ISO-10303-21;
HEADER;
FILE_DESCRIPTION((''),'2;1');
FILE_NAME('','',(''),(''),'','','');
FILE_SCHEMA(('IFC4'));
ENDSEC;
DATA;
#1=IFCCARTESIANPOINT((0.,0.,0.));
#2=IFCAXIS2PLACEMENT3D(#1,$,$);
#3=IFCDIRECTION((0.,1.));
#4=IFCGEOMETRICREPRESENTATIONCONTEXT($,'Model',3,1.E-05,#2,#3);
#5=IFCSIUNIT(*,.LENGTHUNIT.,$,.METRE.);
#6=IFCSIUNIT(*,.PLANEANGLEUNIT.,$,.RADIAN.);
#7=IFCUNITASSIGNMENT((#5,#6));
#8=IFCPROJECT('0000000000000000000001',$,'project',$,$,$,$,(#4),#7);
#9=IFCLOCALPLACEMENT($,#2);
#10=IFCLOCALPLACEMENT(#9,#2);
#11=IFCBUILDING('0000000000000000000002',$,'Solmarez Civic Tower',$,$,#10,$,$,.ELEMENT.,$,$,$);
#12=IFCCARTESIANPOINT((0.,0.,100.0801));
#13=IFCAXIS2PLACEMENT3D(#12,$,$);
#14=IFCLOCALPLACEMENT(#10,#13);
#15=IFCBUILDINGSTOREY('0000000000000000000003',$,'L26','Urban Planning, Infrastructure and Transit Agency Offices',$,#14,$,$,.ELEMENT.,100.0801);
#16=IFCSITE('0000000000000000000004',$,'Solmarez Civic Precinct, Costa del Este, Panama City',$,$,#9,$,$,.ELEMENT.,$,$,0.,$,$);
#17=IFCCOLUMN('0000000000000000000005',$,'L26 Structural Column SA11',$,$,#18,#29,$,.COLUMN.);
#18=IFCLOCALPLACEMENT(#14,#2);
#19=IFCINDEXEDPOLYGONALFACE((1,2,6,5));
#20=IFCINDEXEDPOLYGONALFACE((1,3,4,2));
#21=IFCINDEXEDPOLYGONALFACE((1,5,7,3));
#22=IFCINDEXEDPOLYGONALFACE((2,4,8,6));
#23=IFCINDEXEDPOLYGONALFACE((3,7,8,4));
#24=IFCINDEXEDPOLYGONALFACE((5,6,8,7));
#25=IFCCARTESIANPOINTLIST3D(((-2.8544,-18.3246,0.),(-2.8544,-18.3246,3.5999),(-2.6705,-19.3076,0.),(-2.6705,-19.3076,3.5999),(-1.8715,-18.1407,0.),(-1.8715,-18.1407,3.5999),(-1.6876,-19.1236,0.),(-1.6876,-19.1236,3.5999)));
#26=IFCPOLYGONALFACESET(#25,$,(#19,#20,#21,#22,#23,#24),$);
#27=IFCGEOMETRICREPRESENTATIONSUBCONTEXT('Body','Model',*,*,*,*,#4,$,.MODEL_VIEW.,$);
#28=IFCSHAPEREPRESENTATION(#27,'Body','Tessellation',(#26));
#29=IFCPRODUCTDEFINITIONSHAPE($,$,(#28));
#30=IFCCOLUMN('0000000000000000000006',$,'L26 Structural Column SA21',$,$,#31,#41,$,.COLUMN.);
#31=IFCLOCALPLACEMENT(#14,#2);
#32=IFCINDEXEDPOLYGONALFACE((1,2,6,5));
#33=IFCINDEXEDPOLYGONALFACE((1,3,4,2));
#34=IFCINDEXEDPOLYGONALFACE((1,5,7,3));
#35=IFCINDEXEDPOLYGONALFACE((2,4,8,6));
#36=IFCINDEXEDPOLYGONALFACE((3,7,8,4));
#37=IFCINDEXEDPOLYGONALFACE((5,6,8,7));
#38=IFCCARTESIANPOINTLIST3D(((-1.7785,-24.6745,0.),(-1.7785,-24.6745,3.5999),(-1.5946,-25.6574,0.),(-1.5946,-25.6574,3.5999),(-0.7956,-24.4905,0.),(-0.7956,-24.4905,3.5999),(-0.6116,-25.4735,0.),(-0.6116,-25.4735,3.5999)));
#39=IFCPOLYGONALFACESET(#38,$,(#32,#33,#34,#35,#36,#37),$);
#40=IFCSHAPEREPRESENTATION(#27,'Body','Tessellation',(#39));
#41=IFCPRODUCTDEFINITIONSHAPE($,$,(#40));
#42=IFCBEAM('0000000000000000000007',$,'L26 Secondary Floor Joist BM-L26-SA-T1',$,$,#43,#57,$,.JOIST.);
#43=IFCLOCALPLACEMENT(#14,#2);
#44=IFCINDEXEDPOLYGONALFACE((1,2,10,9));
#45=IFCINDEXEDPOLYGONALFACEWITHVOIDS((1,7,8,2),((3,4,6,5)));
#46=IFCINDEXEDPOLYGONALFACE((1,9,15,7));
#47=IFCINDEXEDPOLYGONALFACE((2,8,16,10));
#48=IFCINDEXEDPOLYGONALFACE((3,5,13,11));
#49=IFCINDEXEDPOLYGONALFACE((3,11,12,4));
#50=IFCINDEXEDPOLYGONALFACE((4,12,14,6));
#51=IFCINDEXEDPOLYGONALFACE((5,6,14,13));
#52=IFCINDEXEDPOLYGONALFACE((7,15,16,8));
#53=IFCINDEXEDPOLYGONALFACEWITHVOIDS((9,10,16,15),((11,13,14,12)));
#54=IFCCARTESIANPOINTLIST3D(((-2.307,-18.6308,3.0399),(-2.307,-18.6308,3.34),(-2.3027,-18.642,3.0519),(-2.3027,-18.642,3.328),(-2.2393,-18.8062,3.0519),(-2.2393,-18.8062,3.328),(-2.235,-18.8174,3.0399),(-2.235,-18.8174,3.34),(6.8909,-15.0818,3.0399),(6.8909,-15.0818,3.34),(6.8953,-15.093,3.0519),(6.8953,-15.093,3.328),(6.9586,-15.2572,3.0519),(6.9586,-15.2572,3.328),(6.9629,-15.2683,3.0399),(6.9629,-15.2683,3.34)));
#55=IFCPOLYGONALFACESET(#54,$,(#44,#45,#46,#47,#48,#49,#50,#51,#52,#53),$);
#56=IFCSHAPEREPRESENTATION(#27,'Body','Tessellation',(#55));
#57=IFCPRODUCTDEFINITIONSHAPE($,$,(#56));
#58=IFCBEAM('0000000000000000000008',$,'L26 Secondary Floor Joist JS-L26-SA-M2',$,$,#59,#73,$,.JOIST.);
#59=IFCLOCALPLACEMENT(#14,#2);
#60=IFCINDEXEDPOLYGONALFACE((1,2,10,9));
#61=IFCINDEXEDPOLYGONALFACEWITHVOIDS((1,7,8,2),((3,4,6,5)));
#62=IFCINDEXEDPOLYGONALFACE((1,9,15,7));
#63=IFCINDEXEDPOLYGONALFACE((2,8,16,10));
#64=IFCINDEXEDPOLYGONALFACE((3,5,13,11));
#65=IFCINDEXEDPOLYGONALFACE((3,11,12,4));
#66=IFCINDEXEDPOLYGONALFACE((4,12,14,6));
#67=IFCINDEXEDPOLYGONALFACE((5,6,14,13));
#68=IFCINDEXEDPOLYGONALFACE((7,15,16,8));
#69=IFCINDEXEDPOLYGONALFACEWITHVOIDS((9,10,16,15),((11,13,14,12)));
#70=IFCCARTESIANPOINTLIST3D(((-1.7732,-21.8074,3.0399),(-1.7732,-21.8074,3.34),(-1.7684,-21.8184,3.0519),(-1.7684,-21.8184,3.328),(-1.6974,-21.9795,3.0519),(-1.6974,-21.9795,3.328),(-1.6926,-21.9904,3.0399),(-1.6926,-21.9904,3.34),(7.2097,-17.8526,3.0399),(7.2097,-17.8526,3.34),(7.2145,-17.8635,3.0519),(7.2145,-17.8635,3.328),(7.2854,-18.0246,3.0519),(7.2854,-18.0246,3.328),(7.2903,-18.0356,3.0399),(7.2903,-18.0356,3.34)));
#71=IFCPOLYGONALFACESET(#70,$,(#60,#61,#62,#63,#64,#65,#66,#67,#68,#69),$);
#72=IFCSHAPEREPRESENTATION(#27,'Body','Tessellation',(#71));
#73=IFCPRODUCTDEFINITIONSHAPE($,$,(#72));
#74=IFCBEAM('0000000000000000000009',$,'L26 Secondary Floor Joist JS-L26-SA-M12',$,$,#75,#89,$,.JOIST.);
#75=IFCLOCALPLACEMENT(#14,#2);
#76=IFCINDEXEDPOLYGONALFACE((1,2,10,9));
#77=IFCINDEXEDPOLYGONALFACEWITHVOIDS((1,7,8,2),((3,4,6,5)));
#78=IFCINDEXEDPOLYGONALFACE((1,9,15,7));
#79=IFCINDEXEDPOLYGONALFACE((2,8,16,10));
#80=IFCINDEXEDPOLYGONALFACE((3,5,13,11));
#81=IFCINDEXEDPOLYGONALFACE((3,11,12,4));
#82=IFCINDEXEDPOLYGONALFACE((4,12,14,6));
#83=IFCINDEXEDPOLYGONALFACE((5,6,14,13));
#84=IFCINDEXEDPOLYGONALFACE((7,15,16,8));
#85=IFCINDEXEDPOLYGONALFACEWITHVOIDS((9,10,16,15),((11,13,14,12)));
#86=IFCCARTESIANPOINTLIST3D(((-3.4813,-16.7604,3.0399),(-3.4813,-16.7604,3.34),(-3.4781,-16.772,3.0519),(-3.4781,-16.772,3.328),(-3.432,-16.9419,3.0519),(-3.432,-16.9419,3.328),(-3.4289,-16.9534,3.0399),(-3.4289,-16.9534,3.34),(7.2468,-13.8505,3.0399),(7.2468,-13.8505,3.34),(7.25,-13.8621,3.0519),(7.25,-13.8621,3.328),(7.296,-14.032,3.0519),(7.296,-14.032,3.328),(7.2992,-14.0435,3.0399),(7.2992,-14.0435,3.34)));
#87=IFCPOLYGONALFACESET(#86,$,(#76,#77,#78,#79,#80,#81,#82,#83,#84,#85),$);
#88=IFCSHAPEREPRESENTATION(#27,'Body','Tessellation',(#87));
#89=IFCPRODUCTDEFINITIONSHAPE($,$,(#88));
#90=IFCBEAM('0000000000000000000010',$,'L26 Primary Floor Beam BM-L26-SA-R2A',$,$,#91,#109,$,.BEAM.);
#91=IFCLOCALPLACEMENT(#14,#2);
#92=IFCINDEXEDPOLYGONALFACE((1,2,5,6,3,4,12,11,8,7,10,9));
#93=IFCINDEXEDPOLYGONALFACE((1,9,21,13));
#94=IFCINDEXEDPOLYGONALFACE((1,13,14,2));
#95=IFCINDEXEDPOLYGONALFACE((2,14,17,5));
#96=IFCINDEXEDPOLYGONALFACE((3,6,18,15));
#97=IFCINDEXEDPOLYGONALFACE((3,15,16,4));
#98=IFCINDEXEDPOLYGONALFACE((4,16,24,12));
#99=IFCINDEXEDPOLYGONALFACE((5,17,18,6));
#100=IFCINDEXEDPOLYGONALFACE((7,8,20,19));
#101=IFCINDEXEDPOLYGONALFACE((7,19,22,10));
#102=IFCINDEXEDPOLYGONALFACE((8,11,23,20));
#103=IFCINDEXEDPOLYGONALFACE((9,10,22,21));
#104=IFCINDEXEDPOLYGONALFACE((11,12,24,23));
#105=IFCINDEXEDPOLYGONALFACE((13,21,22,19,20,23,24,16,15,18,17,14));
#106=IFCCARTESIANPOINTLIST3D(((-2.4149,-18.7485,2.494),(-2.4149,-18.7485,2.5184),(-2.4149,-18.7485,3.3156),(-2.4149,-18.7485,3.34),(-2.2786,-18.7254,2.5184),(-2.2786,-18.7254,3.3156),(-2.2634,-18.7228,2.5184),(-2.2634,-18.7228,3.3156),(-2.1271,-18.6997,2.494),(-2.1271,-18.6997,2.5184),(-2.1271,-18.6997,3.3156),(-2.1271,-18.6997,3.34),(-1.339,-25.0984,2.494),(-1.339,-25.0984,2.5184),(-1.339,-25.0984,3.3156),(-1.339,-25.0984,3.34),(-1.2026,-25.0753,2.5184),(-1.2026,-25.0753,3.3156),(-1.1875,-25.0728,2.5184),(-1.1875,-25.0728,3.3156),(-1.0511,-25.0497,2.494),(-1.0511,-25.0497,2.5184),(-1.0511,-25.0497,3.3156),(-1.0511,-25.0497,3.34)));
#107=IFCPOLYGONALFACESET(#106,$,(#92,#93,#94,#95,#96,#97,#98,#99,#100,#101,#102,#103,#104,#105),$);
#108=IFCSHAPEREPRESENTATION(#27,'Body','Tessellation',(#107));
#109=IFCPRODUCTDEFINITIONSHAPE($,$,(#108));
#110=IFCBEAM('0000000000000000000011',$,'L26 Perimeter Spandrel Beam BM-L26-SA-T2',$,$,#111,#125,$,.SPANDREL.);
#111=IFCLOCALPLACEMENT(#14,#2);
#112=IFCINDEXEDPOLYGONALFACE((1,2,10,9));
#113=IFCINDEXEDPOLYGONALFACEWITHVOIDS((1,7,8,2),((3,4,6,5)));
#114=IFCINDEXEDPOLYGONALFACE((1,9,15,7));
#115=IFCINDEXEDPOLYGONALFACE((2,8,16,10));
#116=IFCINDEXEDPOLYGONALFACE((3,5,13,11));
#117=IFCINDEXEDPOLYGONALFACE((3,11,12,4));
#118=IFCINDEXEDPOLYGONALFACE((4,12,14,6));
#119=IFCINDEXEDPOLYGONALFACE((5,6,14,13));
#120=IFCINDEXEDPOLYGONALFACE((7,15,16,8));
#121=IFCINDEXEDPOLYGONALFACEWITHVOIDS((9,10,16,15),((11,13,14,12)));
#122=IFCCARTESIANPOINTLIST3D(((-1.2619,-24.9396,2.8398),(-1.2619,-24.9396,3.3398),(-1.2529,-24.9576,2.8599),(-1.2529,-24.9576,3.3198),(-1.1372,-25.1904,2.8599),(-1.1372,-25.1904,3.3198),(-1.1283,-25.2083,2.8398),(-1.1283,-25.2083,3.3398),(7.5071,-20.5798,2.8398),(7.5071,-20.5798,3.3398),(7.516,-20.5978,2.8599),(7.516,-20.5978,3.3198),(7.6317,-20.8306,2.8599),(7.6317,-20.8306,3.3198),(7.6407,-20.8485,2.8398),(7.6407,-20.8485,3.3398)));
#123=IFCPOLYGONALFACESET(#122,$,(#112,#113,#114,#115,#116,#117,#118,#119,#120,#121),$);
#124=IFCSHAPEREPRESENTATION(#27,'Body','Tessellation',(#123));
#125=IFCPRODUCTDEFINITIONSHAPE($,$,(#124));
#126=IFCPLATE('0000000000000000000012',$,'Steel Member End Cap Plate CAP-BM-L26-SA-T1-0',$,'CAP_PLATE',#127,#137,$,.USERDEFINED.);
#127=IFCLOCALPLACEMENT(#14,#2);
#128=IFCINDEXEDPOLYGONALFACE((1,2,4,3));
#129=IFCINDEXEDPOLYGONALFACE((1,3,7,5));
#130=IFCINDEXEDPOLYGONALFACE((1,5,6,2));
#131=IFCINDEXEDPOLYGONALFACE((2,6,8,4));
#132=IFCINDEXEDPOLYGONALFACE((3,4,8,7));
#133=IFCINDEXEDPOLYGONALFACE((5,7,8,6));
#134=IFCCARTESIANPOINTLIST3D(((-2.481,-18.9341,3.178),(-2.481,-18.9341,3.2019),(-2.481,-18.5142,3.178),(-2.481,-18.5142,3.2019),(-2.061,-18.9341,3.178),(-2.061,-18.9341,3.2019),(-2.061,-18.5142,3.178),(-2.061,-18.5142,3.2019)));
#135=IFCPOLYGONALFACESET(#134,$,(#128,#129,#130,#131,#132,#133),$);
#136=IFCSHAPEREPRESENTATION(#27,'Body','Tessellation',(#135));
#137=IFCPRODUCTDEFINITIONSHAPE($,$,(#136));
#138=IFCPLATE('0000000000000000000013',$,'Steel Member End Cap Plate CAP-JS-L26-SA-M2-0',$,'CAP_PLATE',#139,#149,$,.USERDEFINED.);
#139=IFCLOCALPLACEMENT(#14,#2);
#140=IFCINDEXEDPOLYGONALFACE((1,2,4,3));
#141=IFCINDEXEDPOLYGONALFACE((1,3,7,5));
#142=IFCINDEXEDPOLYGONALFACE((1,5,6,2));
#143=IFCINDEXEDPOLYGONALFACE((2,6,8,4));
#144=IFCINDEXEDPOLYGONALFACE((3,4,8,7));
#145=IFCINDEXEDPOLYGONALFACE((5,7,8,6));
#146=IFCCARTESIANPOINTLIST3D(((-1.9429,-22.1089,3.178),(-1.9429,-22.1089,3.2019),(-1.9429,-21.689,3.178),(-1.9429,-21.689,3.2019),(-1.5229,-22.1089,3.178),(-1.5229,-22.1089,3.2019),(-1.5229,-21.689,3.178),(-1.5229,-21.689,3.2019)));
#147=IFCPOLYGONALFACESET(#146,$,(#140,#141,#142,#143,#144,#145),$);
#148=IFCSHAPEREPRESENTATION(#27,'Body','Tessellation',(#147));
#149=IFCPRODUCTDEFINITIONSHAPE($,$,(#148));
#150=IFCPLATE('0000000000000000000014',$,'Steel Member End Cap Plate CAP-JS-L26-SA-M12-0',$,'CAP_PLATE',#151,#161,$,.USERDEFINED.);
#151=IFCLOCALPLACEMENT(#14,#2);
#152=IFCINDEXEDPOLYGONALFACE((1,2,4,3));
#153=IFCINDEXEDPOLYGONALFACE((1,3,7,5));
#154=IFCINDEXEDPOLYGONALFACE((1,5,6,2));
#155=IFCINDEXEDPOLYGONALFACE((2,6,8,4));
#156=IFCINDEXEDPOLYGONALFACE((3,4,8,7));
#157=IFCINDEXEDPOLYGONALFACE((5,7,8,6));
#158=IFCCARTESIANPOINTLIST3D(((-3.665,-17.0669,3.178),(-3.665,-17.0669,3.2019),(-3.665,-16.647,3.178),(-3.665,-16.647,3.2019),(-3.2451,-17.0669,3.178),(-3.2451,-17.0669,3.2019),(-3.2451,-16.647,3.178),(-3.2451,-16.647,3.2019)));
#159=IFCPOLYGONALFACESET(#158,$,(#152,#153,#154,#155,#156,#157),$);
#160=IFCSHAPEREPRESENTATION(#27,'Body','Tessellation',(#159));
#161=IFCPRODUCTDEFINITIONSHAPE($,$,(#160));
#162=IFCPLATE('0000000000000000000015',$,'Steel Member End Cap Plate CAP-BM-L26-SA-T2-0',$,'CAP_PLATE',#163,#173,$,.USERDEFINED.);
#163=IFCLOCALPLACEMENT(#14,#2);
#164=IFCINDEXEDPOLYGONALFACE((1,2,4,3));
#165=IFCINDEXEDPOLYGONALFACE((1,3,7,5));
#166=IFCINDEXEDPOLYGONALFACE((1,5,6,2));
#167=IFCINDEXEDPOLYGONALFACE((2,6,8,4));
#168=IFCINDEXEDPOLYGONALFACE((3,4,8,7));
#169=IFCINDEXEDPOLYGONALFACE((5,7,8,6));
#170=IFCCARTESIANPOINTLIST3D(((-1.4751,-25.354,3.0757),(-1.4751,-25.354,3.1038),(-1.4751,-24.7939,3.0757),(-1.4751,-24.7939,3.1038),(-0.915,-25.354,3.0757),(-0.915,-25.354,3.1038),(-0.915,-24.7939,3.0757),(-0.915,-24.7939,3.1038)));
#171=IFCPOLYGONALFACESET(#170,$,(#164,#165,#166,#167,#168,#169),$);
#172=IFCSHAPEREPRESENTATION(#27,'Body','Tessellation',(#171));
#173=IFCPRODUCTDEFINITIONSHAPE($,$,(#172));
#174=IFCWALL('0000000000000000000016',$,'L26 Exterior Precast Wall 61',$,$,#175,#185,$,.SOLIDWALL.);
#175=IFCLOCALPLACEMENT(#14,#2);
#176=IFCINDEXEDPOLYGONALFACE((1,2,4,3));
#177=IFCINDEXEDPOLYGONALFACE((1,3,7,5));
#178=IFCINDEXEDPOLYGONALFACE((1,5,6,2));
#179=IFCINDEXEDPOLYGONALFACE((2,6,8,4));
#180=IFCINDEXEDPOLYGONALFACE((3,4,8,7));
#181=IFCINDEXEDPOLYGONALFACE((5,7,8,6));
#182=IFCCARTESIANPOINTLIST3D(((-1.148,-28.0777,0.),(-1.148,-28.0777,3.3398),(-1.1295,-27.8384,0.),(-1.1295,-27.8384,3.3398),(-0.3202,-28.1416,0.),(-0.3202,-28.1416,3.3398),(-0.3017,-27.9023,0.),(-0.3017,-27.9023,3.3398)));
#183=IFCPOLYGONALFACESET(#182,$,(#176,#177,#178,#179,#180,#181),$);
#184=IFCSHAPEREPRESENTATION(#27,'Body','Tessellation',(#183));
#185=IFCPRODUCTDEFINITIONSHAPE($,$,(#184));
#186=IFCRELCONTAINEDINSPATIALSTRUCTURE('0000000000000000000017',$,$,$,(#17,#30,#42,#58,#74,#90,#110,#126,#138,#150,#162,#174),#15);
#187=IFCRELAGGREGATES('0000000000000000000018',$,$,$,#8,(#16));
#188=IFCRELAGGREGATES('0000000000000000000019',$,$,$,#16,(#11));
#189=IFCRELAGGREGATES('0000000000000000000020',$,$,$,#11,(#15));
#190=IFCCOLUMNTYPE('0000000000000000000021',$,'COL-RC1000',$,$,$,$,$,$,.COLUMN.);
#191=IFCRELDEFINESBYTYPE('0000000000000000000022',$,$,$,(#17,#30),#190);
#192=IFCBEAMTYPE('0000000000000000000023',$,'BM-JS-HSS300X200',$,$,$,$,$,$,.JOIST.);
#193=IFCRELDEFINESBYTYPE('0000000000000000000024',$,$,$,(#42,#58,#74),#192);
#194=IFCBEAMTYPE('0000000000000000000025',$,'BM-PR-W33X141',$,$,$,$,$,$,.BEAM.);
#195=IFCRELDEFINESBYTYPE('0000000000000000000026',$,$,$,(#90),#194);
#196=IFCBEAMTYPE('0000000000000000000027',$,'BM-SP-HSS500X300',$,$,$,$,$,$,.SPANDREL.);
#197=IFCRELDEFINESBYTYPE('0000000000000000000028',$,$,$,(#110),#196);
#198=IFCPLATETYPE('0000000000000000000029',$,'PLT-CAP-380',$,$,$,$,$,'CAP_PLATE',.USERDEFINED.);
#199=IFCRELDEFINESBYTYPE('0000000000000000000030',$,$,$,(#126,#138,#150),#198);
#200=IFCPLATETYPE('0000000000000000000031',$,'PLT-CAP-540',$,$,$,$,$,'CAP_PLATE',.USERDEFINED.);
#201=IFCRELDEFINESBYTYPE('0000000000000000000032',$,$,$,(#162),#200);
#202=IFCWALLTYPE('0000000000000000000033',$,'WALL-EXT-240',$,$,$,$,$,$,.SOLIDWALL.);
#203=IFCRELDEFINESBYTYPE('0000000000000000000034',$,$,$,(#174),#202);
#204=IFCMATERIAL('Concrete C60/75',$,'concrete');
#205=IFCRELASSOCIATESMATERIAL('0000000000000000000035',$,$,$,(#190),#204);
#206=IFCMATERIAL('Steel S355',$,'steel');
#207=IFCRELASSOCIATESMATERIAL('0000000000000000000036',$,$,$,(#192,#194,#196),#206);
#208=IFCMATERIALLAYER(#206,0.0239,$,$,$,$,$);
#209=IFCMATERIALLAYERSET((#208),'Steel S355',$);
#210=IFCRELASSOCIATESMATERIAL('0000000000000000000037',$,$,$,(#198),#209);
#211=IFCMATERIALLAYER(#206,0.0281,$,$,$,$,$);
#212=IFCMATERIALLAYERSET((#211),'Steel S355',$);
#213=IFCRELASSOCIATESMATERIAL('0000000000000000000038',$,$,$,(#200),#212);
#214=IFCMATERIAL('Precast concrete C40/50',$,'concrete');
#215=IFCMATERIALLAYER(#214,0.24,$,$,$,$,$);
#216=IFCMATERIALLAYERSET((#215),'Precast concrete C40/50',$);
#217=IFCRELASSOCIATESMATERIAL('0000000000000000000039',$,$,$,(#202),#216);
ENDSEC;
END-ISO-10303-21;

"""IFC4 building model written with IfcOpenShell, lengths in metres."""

from ifc_helpers import new_model, si_unit, direction, frame, frame_2d, origin, origin_2d, place, context, subcontext, project, spatial, rectangle, hollow_rectangle, i_section, extrude, material, layer, layer_set, material_profile, profile_set, type_object, element, save


model = new_model("IFC4")

# Units and contexts
model_context = context("Model", 3, precision=1e-05, world=origin(), true_north=direction((0.0, 1.0)))
body_context = subcontext(model_context, "Body", "Model", "MODEL_VIEW")
ifc_project = project(units=[si_unit("LENGTHUNIT", "METRE"), si_unit("PLANEANGLEUNIT", "RADIAN")], contexts=[model_context])

# Site, building, storey
site_placement = place(None, origin())
site = spatial("IfcSite", under=ifc_project, at=site_placement, Name="Solmarez Civic Precinct, Costa del Este, Panama City", CompositionType="ELEMENT", RefElevation=0.0)
building_placement = place(site_placement, origin())
building = spatial("IfcBuilding", under=site, at=building_placement, Name="Solmarez Civic Tower", CompositionType="ELEMENT")
storey_placement = place(building_placement, frame((0.0, 0.0, 100.0801)))
storey = spatial("IfcBuildingStorey", under=building, at=storey_placement, Name="L26", Description="Urban Planning, Infrastructure and Transit Agency Offices", CompositionType="ELEMENT", Elevation=100.0801)

# Columns
ifc_material_1 = material(Name="Concrete C60/75", Category="concrete")
ifc_material_profile_1 = material_profile(ifc_material_1, rectangle(XDim=1.0, YDim=1.0, at=origin_2d()), Name="RC1000X1000")
ifc_profile_set_1 = profile_set([ifc_material_profile_1], Name="Concrete C60/75")
column_type = type_object("IfcColumnType", Name="COL-RC1000", PredefinedType="COLUMN", material=ifc_profile_set_1)
for number, where, z_axis, x_axis, name in (
    (1, (-2.271, -18.7241, 0.0), (0.0, 0.0, 1.0), (0.982935, 0.183951, 0.0), "L26 Structural Column SA11"),
    (2, (-1.1951, -25.074, 0.0), (0.0, 0.0, 1.0), (0.982935, 0.183951, 0.0), "L26 Structural Column SA21"),
):
    element("IfcColumn", number, at=place(storey_placement, frame(where, z_axis=z_axis, x_axis=x_axis)), inside=storey, type_object=column_type, Name=name, PredefinedType="COLUMN", context=body_context, shape_type="SweptSolid", body=[
        extrude(rectangle(XDim=1.0, YDim=1.0, at=origin_2d()), origin(), (0.0, 0.0, 1.0), 3.5999),
    ])

# Beams
ifc_material_2 = material(Name="Steel S355", Category="steel")
ifc_material_profile_2 = material_profile(ifc_material_2, hollow_rectangle(XDim=0.2, YDim=0.3, WallThickness=0.012, at=origin_2d()), Name="HSS300X200X12")
ifc_profile_set_2 = profile_set([ifc_material_profile_2], Name="Steel S355")
beam_type_1 = type_object("IfcBeamType", Name="BM-JS-HSS300X200", PredefinedType="JOIST", material=ifc_profile_set_2)
beam_1_placement = place(storey_placement, frame((-2.271, -18.7241, 3.1899), z_axis=(0.932958, 0.359984, 0.0), x_axis=(-0.359984, 0.932958, 0.0)))
element("IfcBeam", 3, at=beam_1_placement, inside=storey, type_object=beam_type_1, Name="L26 Secondary Floor Joist BM-L26-SA-T1", PredefinedType="JOIST", context=body_context, shape_type="SweptSolid", body=[
    extrude(hollow_rectangle(XDim=0.2, YDim=0.3, WallThickness=0.012, at=origin_2d()), origin(), (0.0, 0.0, 1.0), 9.8589),
])
beam_2_placement = place(storey_placement, frame((-1.7329, -21.8989, 3.1899), z_axis=(0.915227, 0.402939, 0.0), x_axis=(-0.402939, 0.915227, 0.0)))
element("IfcBeam", 4, at=beam_2_placement, inside=storey, type_object=beam_type_1, Name="L26 Secondary Floor Joist JS-L26-SA-M2", PredefinedType="JOIST", context=body_context, shape_type="SweptSolid", body=[
    extrude(hollow_rectangle(XDim=0.2, YDim=0.3, WallThickness=0.012, at=origin_2d()), origin(), (0.0, 0.0, 1.0), 9.8149),
])
beam_3_placement = place(storey_placement, frame((-3.4551, -16.8569, 3.1899), z_axis=(0.965126, 0.261785, 0.0), x_axis=(-0.261785, 0.965126, 0.0)))
element("IfcBeam", 5, at=beam_3_placement, inside=storey, type_object=beam_type_1, Name="L26 Secondary Floor Joist JS-L26-SA-M12", PredefinedType="JOIST", context=body_context, shape_type="SweptSolid", body=[
    extrude(hollow_rectangle(XDim=0.2, YDim=0.3, WallThickness=0.012, at=origin_2d()), origin(), (0.0, 0.0, 1.0), 11.1157),
])
ifc_material_profile_3 = material_profile(ifc_material_2, i_section(OverallWidth=0.292, OverallDepth=0.8459, WebThickness=0.0154, FlangeThickness=0.0244, at=origin_2d()), Name="W33X141")
ifc_profile_set_3 = profile_set([ifc_material_profile_3], Name="Steel S355")
beam_type_2 = type_object("IfcBeamType", Name="BM-PR-W33X141", PredefinedType="BEAM", material=ifc_profile_set_3)
beam_4_placement = place(storey_placement, frame((-2.271, -18.7241, 2.917), z_axis=(0.16706, -0.985947, 0.0), x_axis=(0.985947, 0.16706, 0.0)))
element("IfcBeam", 6, at=beam_4_placement, inside=storey, type_object=beam_type_2, Name="L26 Primary Floor Beam BM-L26-SA-R2A", PredefinedType="BEAM", context=body_context, shape_type="SweptSolid", body=[
    extrude(i_section(OverallWidth=0.292, OverallDepth=0.8459, WebThickness=0.0154, FlangeThickness=0.0244, at=origin_2d()), origin(), (0.0, 0.0, 1.0), 6.4404),
])
ifc_material_profile_4 = material_profile(ifc_material_2, hollow_rectangle(XDim=0.3, YDim=0.5, WallThickness=0.02, at=origin_2d()), Name="HSS500X300X20")
ifc_profile_set_4 = profile_set([ifc_material_profile_4], Name="Steel S355")
beam_type_3 = type_object("IfcBeamType", Name="BM-SP-HSS500X300", PredefinedType="SPANDREL", material=ifc_profile_set_4)
beam_5_placement = place(storey_placement, frame((-1.1951, -25.074, 3.0898), z_axis=(0.895432, 0.445198, 0.0), x_axis=(-0.445198, 0.895432, 0.0)))
element("IfcBeam", 7, at=beam_5_placement, inside=storey, type_object=beam_type_3, Name="L26 Perimeter Spandrel Beam BM-L26-SA-T2", PredefinedType="SPANDREL", context=body_context, shape_type="SweptSolid", body=[
    extrude(hollow_rectangle(XDim=0.3, YDim=0.5, WallThickness=0.02, at=origin_2d()), origin(), (0.0, 0.0, 1.0), 9.793),
])

# Plates
ifc_layer_1 = layer(ifc_material_2, 0.0239)
ifc_layer_set_1 = layer_set([ifc_layer_1], Name="Steel S355")
plate_type_1 = type_object("IfcPlateType", Name="PLT-CAP-380", ElementType="CAP_PLATE", PredefinedType="USERDEFINED", material=ifc_layer_set_1)
for number, where, z_axis, x_axis, name in (
    (8, (-2.271, -18.7241, 3.178), (0.0, 0.0, 1.0), (1.0, 0.0, 0.0), "Steel Member End Cap Plate CAP-BM-L26-SA-T1-0"),
    (9, (-1.7329, -21.8989, 3.178), (0.0, 0.0, 1.0), (1.0, 0.0, 0.0), "Steel Member End Cap Plate CAP-JS-L26-SA-M2-0"),
    (10, (-3.4551, -16.8569, 3.178), (0.0, 0.0, 1.0), (1.0, 0.0, 0.0), "Steel Member End Cap Plate CAP-JS-L26-SA-M12-0"),
):
    element("IfcPlate", number, at=place(storey_placement, frame(where, z_axis=z_axis, x_axis=x_axis)), inside=storey, type_object=plate_type_1, Name=name, ObjectType="CAP_PLATE", PredefinedType="USERDEFINED", context=body_context, shape_type="SweptSolid", body=[
        extrude(rectangle(XDim=0.4199, YDim=0.4199, at=origin_2d()), origin(), (0.0, 0.0, 1.0), 0.0239),
    ])
ifc_layer_2 = layer(ifc_material_2, 0.0281)
ifc_layer_set_2 = layer_set([ifc_layer_2], Name="Steel S355")
plate_type_2 = type_object("IfcPlateType", Name="PLT-CAP-540", ElementType="CAP_PLATE", PredefinedType="USERDEFINED", material=ifc_layer_set_2)
plate_placement = place(storey_placement, frame((-1.1951, -25.074, 3.0757), z_axis=(0.0, 0.0, 1.0), x_axis=(1.0, 0.0, 0.0)))
element("IfcPlate", 11, at=plate_placement, inside=storey, type_object=plate_type_2, Name="Steel Member End Cap Plate CAP-BM-L26-SA-T2-0", ObjectType="CAP_PLATE", PredefinedType="USERDEFINED", context=body_context, shape_type="SweptSolid", body=[
    extrude(rectangle(XDim=0.5601, YDim=0.5601, at=origin_2d()), origin(), (0.0, 0.0, 1.0), 0.0281),
])

# Wall
ifc_material_3 = material(Name="Precast concrete C40/50", Category="concrete")
ifc_layer_3 = layer(ifc_material_3, 0.24)
ifc_layer_set_3 = layer_set([ifc_layer_3], Name="Precast concrete C40/50")
wall_type_1 = type_object("IfcWallType", Name="WALL-EXT-240", PredefinedType="SOLIDWALL", material=ifc_layer_set_3)
wall_1_placement = place(storey_placement, frame((-0.311, -28.022, 0.0), z_axis=(0.0, 0.0, 1.0), x_axis=(-0.997028, 0.077034, 0.0)))
element("IfcWall", 12, at=wall_1_placement, inside=storey, type_object=wall_type_1, Name="L26 Exterior Precast Wall 61", PredefinedType="SOLIDWALL", context=body_context, shape_type="SweptSolid", body=[
    extrude(rectangle(XDim=0.8303, YDim=0.24, at=frame_2d((0.415, 0.0))), origin(), (0.0, 0.0, 1.0), 3.3398),
])

save(model, "model.ifc")
